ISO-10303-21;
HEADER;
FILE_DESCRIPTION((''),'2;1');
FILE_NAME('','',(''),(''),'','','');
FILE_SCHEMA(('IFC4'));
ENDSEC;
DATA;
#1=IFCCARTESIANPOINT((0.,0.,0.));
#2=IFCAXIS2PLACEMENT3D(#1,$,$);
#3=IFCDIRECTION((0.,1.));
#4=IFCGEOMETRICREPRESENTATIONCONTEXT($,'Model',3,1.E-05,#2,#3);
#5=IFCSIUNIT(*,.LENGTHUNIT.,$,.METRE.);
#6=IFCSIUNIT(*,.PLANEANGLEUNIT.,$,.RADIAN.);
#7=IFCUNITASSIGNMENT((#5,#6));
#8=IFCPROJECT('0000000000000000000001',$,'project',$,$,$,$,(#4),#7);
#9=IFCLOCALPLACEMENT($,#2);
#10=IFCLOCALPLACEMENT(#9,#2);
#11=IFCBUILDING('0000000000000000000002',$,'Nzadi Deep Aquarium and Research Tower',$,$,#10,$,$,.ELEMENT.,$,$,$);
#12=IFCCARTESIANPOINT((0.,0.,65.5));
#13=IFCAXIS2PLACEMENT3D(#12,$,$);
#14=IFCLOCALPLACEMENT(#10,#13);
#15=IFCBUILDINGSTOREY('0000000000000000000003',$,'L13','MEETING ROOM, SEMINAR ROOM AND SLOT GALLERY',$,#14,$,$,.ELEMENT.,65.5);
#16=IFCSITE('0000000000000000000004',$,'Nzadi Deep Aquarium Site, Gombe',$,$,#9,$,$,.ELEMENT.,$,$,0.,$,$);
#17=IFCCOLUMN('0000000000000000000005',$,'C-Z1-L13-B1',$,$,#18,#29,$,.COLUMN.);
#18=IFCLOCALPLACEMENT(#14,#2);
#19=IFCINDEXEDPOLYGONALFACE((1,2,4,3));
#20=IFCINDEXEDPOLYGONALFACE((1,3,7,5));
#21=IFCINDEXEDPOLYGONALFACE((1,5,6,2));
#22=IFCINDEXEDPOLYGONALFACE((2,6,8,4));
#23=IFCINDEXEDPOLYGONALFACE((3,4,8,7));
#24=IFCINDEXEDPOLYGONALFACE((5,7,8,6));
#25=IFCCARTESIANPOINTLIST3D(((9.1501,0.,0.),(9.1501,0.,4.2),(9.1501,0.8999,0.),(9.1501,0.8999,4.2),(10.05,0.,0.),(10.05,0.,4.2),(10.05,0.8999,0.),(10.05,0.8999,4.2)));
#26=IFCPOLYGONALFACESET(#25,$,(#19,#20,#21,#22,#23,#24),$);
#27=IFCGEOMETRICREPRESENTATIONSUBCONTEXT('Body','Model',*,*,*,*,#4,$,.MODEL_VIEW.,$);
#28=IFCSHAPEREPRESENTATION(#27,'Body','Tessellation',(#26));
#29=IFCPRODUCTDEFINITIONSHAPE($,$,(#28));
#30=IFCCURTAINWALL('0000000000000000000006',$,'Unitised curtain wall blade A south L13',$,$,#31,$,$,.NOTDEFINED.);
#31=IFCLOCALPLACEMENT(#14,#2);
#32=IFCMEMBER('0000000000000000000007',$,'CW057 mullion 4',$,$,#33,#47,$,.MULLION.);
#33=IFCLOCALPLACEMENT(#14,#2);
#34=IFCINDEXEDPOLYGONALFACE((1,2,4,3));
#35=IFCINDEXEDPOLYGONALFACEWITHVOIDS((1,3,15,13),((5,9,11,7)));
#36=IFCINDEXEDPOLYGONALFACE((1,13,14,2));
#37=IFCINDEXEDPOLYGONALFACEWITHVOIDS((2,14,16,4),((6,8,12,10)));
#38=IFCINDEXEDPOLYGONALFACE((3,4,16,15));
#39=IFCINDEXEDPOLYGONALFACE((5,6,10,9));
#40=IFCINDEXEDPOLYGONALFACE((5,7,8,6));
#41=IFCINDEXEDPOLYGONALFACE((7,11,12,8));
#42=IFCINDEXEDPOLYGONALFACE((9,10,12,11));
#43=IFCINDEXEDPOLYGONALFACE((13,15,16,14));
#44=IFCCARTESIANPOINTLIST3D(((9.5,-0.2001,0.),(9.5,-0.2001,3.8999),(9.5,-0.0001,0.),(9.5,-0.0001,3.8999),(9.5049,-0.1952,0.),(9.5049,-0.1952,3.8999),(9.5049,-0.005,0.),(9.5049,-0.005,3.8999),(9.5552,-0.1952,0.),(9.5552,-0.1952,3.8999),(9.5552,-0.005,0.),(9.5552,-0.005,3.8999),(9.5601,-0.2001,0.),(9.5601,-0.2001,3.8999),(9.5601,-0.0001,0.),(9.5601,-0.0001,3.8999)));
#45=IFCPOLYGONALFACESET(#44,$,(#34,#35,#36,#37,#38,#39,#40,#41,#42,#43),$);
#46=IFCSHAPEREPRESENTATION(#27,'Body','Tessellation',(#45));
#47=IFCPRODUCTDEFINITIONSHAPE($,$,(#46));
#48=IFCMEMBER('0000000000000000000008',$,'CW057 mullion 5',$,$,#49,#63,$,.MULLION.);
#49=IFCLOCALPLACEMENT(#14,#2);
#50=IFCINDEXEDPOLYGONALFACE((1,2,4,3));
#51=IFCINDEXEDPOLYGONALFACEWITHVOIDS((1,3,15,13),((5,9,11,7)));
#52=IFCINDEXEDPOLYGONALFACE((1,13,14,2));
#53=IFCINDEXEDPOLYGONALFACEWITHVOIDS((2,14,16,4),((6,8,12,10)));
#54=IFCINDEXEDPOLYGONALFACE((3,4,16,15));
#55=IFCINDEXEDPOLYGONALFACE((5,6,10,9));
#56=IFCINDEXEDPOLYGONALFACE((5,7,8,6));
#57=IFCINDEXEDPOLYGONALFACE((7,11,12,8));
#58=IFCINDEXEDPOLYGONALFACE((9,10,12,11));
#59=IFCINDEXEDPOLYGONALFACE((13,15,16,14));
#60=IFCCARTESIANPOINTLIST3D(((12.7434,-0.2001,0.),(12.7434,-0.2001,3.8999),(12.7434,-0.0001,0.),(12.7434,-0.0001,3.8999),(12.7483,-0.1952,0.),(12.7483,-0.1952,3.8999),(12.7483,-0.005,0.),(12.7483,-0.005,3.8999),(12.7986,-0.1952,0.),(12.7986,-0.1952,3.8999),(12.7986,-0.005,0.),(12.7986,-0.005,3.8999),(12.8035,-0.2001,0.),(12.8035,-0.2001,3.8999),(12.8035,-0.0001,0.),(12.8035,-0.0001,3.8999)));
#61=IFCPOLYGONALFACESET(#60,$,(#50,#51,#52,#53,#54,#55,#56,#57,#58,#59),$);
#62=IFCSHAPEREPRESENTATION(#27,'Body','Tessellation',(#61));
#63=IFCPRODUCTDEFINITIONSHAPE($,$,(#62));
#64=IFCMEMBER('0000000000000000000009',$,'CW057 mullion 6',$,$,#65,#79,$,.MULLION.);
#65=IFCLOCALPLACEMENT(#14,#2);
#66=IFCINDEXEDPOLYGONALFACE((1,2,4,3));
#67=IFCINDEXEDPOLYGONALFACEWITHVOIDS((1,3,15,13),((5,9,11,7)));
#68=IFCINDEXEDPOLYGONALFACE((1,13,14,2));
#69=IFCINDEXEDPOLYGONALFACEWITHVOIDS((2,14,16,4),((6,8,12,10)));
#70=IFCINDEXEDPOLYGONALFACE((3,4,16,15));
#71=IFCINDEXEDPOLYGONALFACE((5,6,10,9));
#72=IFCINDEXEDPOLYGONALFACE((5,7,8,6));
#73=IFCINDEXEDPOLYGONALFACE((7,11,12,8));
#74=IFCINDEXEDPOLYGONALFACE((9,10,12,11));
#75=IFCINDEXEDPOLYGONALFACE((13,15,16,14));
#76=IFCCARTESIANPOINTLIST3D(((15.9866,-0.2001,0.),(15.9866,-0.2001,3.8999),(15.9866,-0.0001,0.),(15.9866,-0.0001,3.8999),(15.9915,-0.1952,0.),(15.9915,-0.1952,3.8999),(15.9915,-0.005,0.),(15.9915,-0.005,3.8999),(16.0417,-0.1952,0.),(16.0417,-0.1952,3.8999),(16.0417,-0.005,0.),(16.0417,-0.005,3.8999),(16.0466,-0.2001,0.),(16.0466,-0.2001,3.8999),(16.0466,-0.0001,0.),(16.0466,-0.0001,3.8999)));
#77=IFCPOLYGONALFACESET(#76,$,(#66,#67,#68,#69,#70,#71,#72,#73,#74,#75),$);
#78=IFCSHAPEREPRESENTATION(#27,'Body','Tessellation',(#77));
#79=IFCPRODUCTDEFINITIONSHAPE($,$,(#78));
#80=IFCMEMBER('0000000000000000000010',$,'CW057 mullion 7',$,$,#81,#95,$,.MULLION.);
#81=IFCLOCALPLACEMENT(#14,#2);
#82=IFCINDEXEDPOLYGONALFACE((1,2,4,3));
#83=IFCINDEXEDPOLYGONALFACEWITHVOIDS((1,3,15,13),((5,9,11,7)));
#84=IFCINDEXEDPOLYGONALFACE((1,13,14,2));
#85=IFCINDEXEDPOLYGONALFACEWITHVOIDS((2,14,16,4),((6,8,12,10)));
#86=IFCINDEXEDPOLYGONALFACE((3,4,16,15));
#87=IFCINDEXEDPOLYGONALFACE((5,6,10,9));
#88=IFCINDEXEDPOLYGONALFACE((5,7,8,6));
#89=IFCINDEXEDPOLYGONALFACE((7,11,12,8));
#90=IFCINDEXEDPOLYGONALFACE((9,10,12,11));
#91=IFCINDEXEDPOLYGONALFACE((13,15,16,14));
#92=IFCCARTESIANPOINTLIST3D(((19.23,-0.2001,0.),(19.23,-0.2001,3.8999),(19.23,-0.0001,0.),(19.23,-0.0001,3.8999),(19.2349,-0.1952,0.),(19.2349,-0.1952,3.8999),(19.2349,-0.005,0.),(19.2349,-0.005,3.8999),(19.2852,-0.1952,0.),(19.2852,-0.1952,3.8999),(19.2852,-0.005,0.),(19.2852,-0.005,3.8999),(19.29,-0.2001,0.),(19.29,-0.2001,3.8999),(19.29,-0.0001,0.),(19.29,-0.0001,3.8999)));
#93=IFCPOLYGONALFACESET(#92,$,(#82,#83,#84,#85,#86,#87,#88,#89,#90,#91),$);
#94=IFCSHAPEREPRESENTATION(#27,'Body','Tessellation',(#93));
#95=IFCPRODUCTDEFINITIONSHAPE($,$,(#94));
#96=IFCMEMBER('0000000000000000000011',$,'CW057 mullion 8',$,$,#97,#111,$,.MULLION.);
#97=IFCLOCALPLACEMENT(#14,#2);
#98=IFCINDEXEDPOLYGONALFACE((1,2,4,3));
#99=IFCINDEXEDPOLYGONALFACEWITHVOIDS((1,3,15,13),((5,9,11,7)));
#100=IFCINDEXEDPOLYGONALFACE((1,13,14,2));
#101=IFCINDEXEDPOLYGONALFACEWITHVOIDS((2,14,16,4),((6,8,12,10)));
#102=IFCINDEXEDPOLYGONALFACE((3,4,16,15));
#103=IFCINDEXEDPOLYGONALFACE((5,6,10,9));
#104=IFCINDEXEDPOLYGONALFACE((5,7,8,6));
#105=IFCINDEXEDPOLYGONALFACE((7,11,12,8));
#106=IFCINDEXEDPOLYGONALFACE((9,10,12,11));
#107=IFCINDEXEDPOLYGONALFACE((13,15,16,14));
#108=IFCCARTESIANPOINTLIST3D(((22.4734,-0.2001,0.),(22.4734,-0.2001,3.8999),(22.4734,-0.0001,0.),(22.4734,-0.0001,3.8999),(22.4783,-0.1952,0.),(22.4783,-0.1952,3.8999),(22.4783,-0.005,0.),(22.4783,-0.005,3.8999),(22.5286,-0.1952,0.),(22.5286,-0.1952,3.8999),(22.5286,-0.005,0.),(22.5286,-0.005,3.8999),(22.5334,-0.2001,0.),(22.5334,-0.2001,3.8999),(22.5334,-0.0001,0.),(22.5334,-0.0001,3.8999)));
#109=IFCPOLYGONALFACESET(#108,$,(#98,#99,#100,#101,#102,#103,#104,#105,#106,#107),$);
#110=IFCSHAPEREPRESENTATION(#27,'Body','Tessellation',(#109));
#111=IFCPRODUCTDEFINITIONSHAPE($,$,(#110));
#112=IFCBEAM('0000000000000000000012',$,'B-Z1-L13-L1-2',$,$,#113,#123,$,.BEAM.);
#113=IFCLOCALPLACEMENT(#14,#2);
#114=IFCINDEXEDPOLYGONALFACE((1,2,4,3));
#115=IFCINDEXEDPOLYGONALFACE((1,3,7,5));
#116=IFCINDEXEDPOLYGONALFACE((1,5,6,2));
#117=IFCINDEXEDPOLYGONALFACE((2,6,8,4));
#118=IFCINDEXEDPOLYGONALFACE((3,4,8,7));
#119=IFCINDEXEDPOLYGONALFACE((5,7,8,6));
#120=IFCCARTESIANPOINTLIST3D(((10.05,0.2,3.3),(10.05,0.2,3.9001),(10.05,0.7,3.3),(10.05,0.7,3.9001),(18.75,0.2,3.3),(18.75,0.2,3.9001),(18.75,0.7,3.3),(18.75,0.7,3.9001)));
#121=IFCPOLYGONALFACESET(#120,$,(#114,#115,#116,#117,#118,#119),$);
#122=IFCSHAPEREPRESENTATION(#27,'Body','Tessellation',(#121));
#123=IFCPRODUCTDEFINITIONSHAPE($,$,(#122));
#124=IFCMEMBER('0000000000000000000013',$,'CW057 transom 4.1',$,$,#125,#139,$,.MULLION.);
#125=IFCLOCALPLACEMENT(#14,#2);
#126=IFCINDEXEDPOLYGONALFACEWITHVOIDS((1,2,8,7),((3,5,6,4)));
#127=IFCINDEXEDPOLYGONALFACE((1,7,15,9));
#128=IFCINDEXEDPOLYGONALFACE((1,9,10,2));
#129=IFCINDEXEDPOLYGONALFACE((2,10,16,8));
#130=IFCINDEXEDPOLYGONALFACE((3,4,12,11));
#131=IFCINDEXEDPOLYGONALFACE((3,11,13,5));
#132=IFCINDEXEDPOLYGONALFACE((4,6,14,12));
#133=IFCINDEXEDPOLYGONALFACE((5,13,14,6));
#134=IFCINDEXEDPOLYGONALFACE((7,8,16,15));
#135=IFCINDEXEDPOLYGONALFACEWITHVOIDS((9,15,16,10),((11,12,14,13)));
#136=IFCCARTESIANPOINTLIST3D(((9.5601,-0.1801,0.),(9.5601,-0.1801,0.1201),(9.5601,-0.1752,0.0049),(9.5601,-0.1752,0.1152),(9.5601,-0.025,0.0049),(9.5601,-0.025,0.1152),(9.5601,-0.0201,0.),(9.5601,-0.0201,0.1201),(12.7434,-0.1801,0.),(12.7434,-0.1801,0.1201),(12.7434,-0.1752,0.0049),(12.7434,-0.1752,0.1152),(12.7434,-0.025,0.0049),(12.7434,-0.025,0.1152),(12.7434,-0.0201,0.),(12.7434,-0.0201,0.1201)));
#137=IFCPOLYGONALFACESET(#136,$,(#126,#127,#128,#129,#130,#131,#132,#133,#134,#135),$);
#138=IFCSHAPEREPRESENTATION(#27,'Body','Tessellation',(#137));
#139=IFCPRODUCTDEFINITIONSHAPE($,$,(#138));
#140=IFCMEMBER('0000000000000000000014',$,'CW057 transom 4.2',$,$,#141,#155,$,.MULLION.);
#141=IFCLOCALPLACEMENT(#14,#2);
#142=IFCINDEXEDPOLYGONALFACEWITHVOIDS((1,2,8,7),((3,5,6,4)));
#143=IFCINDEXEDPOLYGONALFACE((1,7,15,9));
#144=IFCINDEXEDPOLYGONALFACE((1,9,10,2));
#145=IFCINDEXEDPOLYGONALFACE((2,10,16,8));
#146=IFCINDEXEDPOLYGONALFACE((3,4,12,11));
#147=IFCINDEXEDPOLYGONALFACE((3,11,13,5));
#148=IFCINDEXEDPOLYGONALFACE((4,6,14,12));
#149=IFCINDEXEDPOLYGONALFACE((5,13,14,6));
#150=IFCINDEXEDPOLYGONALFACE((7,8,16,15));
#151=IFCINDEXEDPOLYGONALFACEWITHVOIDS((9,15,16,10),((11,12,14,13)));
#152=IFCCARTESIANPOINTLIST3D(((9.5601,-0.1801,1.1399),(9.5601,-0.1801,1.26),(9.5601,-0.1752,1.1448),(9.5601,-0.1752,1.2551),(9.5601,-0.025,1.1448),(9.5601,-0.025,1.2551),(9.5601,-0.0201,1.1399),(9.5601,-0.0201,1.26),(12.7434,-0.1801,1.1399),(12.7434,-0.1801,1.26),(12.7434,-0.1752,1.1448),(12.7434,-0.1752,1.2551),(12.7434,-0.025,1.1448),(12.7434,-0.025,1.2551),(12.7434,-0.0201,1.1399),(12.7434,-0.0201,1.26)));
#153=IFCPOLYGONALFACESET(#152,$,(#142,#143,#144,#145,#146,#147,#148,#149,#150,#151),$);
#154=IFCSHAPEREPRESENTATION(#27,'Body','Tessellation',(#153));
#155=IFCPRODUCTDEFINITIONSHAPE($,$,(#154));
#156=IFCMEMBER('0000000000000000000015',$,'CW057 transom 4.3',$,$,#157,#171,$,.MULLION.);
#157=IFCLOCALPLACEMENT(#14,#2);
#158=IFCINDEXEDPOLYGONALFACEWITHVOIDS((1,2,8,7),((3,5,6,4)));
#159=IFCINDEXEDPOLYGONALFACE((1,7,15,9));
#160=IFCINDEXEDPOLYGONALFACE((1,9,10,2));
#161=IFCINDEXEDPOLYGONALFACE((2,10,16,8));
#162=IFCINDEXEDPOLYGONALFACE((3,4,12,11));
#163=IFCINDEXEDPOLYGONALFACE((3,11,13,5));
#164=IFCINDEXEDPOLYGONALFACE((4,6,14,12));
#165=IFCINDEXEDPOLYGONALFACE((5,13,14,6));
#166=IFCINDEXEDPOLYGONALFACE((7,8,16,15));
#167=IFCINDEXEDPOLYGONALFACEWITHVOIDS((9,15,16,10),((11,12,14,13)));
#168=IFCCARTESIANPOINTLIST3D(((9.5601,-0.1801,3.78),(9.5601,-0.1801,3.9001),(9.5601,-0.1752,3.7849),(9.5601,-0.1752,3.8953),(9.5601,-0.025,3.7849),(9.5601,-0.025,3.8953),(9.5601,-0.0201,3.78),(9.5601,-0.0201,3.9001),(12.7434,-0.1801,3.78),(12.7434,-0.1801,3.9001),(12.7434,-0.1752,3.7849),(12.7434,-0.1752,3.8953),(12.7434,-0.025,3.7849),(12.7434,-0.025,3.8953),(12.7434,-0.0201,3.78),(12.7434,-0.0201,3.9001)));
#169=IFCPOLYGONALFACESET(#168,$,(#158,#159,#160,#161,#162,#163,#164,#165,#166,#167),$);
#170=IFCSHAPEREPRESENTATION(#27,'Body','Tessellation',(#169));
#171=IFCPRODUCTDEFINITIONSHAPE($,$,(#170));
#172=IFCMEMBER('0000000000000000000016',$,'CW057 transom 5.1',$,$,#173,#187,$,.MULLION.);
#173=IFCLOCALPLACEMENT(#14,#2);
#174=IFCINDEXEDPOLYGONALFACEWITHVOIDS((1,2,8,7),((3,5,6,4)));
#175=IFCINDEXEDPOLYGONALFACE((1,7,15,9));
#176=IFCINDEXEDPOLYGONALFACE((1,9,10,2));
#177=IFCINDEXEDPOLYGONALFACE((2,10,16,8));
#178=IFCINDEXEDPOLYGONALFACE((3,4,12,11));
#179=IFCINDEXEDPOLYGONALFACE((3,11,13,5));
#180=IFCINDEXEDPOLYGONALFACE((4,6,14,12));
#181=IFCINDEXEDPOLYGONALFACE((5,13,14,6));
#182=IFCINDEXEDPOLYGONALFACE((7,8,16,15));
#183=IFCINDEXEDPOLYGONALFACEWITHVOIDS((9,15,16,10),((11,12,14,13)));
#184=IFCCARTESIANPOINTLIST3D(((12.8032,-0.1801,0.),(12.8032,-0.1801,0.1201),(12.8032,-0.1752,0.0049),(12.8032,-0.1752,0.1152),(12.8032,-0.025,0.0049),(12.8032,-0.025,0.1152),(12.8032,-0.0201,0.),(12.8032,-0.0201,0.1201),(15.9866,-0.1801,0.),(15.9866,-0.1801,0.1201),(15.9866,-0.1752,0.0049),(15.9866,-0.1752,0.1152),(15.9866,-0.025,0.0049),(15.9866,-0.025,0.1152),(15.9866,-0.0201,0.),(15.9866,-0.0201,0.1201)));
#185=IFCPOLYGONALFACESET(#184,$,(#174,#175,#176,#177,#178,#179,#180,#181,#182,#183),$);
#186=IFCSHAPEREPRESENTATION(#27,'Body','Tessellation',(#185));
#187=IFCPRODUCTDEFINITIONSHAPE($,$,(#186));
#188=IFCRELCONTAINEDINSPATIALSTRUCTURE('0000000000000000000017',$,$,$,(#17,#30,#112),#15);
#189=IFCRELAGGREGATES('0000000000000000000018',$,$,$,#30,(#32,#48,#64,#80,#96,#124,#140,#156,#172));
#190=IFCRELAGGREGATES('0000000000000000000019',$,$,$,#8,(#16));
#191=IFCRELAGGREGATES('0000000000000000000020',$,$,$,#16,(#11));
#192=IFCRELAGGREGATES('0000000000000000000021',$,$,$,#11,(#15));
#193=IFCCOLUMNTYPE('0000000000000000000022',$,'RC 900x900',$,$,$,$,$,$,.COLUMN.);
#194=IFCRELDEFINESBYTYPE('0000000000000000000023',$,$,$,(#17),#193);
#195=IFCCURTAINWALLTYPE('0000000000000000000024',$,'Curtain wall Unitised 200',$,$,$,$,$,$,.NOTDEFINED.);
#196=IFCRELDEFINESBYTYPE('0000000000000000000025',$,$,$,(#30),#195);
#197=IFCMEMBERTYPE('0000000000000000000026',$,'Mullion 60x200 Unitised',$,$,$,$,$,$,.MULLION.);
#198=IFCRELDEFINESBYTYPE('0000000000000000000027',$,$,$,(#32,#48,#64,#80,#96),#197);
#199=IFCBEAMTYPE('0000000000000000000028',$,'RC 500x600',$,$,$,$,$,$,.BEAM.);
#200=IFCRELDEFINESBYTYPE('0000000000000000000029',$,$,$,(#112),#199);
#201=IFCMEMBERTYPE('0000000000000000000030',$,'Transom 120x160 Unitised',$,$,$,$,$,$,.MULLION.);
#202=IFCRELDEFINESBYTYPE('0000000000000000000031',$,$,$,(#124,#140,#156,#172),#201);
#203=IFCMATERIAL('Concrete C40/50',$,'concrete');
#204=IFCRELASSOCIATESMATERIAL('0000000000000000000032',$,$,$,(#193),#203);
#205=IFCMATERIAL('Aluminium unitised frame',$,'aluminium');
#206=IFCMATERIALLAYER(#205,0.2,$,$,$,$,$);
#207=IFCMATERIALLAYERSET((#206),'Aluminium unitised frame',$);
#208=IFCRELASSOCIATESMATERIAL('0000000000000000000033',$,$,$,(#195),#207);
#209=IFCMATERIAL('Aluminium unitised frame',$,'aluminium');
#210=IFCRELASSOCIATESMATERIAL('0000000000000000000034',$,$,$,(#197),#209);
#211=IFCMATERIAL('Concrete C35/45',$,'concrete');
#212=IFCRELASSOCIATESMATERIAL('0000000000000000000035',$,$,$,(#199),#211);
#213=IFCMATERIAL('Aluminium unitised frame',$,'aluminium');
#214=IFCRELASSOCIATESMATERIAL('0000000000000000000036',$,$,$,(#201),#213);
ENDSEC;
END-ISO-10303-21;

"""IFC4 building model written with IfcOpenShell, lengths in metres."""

from ifc_helpers import new_model, si_unit, direction, frame, origin, origin_2d, place, context, subcontext, project, spatial, rectangle, hollow_rectangle, extrude, material, layer, layer_set, material_profile, profile_set, type_object, element, aggregate, save


model = new_model("IFC4")

# Units and contexts
model_context = context("Model", 3, precision=1e-05, world=origin(), true_north=direction((0.0, 1.0)))
body_context = subcontext(model_context, "Body", "Model", "MODEL_VIEW")
ifc_project = project(units=[si_unit("LENGTHUNIT", "METRE"), si_unit("PLANEANGLEUNIT", "RADIAN")], contexts=[model_context])

# Site, building, storey
site_placement = place(None, origin())
site = spatial("IfcSite", under=ifc_project, at=site_placement, Name="Nzadi Deep Aquarium Site, Gombe", CompositionType="ELEMENT", RefElevation=0.0)
building_placement = place(site_placement, origin())
building = spatial("IfcBuilding", under=site, at=building_placement, Name="Nzadi Deep Aquarium and Research Tower", CompositionType="ELEMENT")
storey_placement = place(building_placement, frame((0.0, 0.0, 65.5)))
storey = spatial("IfcBuildingStorey", under=building, at=storey_placement, Name="L13", Description="MEETING ROOM, SEMINAR ROOM AND SLOT GALLERY", CompositionType="ELEMENT", Elevation=65.5)

# Column
ifc_material_1 = material(Name="Concrete C40/50", Category="concrete")
ifc_material_profile_1 = material_profile(ifc_material_1, rectangle(XDim=0.8999, YDim=0.8999, at=origin_2d()))
ifc_profile_set_1 = profile_set([ifc_material_profile_1], Name="Concrete C40/50")
column_type = type_object("IfcColumnType", Name="RC 900x900", PredefinedType="COLUMN", material=ifc_profile_set_1)
column_placement = place(storey_placement, frame((9.6001, 0.45, 0.0), z_axis=(0.0, 0.0, 1.0), x_axis=(1.0, 0.0, 0.0)))
element("IfcColumn", 1, at=column_placement, inside=storey, type_object=column_type, Name="C-Z1-L13-B1", PredefinedType="COLUMN", context=body_context, shape_type="SweptSolid", body=[
    extrude(rectangle(XDim=0.8999, YDim=0.8999, at=origin_2d()), origin(), (0.0, 0.0, 1.0), 4.2),
])

# Curtain wall, members
ifc_material_2 = material(Name="Aluminium unitised frame", Category="aluminium")
ifc_layer_1 = layer(ifc_material_2, 0.2)
ifc_layer_set_1 = layer_set([ifc_layer_1], Name="Aluminium unitised frame")
curtain_wall_type = type_object("IfcCurtainWallType", Name="Curtain wall Unitised 200", PredefinedType="NOTDEFINED", material=ifc_layer_set_1)
curtain_wall_placement = place(storey_placement, origin())
curtain_wall = element("IfcCurtainWall", 2, at=curtain_wall_placement, inside=storey, type_object=curtain_wall_type, Name="Unitised curtain wall blade A south L13", PredefinedType="NOTDEFINED")
ifc_material_3 = material(Name="Aluminium unitised frame", Category="aluminium")
ifc_material_profile_2 = material_profile(ifc_material_3, hollow_rectangle(XDim=0.2, YDim=0.0601, WallThickness=0.0049, at=origin_2d()))
ifc_profile_set_2 = profile_set([ifc_material_profile_2], Name="Aluminium unitised frame")
member_type_1 = type_object("IfcMemberType", Name="Mullion 60x200 Unitised", PredefinedType="MULLION", material=ifc_profile_set_2)
member_1_placement = place(storey_placement, frame((9.53, -0.1001, 0.0), z_axis=(0.0, 0.0, 1.0), x_axis=(0.0, 1.0, 0.0)))
member_1 = element("IfcMember", 3, at=member_1_placement, type_object=member_type_1, Name="CW057 mullion 4", PredefinedType="MULLION", context=body_context, shape_type="SweptSolid", body=[
    extrude(hollow_rectangle(XDim=0.2, YDim=0.0601, WallThickness=0.0049, at=origin_2d()), origin(), (0.0, 0.0, 1.0), 3.8999),
])
member_2_placement = place(storey_placement, frame((12.7734, -0.1001, 0.0), z_axis=(0.0, 0.0, 1.0), x_axis=(0.0, 1.0, 0.0)))
member_2 = element("IfcMember", 4, at=member_2_placement, type_object=member_type_1, Name="CW057 mullion 5", PredefinedType="MULLION", context=body_context, shape_type="SweptSolid", body=[
    extrude(hollow_rectangle(XDim=0.2, YDim=0.0601, WallThickness=0.0049, at=origin_2d()), origin(), (0.0, 0.0, 1.0), 3.8999),
])
member_3_placement = place(storey_placement, frame((16.0166, -0.1001, 0.0), z_axis=(0.0, 0.0, 1.0), x_axis=(0.0, 1.0, 0.0)))
member_3 = element("IfcMember", 5, at=member_3_placement, type_object=member_type_1, Name="CW057 mullion 6", PredefinedType="MULLION", context=body_context, shape_type="SweptSolid", body=[
    extrude(hollow_rectangle(XDim=0.2, YDim=0.0601, WallThickness=0.0049, at=origin_2d()), origin(), (0.0, 0.0, 1.0), 3.8999),
])
member_4_placement = place(storey_placement, frame((19.26, -0.1001, 0.0), z_axis=(0.0, 0.0, 1.0), x_axis=(0.0, 1.0, 0.0)))
member_4 = element("IfcMember", 6, at=member_4_placement, type_object=member_type_1, Name="CW057 mullion 7", PredefinedType="MULLION", context=body_context, shape_type="SweptSolid", body=[
    extrude(hollow_rectangle(XDim=0.2, YDim=0.0601, WallThickness=0.0049, at=origin_2d()), origin(), (0.0, 0.0, 1.0), 3.8999),
])
member_5_placement = place(storey_placement, frame((22.5034, -0.1001, 0.0), z_axis=(0.0, 0.0, 1.0), x_axis=(0.0, 1.0, 0.0)))
member_5 = element("IfcMember", 7, at=member_5_placement, type_object=member_type_1, Name="CW057 mullion 8", PredefinedType="MULLION", context=body_context, shape_type="SweptSolid", body=[
    extrude(hollow_rectangle(XDim=0.2, YDim=0.0601, WallThickness=0.0049, at=origin_2d()), origin(), (0.0, 0.0, 1.0), 3.8999),
])

# Beam
ifc_material_4 = material(Name="Concrete C35/45", Category="concrete")
ifc_material_profile_3 = material_profile(ifc_material_4, rectangle(XDim=0.5, YDim=0.6001, at=origin_2d()))
ifc_profile_set_3 = profile_set([ifc_material_profile_3], Name="Concrete C35/45")
beam_type = type_object("IfcBeamType", Name="RC 500x600", PredefinedType="BEAM", material=ifc_profile_set_3)
beam_placement = place(storey_placement, frame((10.05, 0.45, 3.6001), z_axis=(1.0, 0.0, 0.0), x_axis=(0.0, 1.0, 0.0)))
element("IfcBeam", 8, at=beam_placement, inside=storey, type_object=beam_type, Name="B-Z1-L13-L1-2", PredefinedType="BEAM", context=body_context, shape_type="SweptSolid", body=[
    extrude(rectangle(XDim=0.5, YDim=0.6001, at=origin_2d()), origin(), (0.0, 0.0, 1.0), 8.7),
])

# Members
ifc_material_5 = material(Name="Aluminium unitised frame", Category="aluminium")
ifc_material_profile_4 = material_profile(ifc_material_5, hollow_rectangle(XDim=0.1599, YDim=0.1201, WallThickness=0.0049, at=origin_2d()))
ifc_profile_set_4 = profile_set([ifc_material_profile_4], Name="Aluminium unitised frame")
member_type_2 = type_object("IfcMemberType", Name="Transom 120x160 Unitised", PredefinedType="MULLION", material=ifc_profile_set_4)
member_6_placement = place(storey_placement, frame((9.5601, -0.1001, 0.0601), z_axis=(1.0, 0.0, 0.0), x_axis=(0.0, 1.0, 0.0)))
member_6 = element("IfcMember", 9, at=member_6_placement, type_object=member_type_2, Name="CW057 transom 4.1", PredefinedType="MULLION", context=body_context, shape_type="SweptSolid", body=[
    extrude(hollow_rectangle(XDim=0.1599, YDim=0.1201, WallThickness=0.0049, at=origin_2d()), origin(), (0.0, 0.0, 1.0), 3.1833),
])
member_7_placement = place(storey_placement, frame((9.5601, -0.1001, 1.2), z_axis=(1.0, 0.0, 0.0), x_axis=(0.0, 1.0, 0.0)))
member_7 = element("IfcMember", 10, at=member_7_placement, type_object=member_type_2, Name="CW057 transom 4.2", PredefinedType="MULLION", context=body_context, shape_type="SweptSolid", body=[
    extrude(hollow_rectangle(XDim=0.1599, YDim=0.1201, WallThickness=0.0049, at=origin_2d()), origin(), (0.0, 0.0, 1.0), 3.1833),
])
member_8_placement = place(storey_placement, frame((9.5601, -0.1001, 3.8401), z_axis=(1.0, 0.0, 0.0), x_axis=(0.0, 1.0, 0.0)))
member_8 = element("IfcMember", 11, at=member_8_placement, type_object=member_type_2, Name="CW057 transom 4.3", PredefinedType="MULLION", context=body_context, shape_type="SweptSolid", body=[
    extrude(hollow_rectangle(XDim=0.1599, YDim=0.1201, WallThickness=0.0049, at=origin_2d()), origin(), (0.0, 0.0, 1.0), 3.1833),
])
member_9_placement = place(storey_placement, frame((12.8032, -0.1001, 0.0601), z_axis=(1.0, 0.0, 0.0), x_axis=(0.0, 1.0, 0.0)))
member_9 = element("IfcMember", 12, at=member_9_placement, type_object=member_type_2, Name="CW057 transom 5.1", PredefinedType="MULLION", context=body_context, shape_type="SweptSolid", body=[
    extrude(hollow_rectangle(XDim=0.1599, YDim=0.1201, WallThickness=0.0049, at=origin_2d()), origin(), (0.0, 0.0, 1.0), 3.1833),
])

aggregate(curtain_wall, [member_1, member_2, member_3, member_4, member_5, member_6, member_7, member_8, member_9])

save(model, "model.ifc")
